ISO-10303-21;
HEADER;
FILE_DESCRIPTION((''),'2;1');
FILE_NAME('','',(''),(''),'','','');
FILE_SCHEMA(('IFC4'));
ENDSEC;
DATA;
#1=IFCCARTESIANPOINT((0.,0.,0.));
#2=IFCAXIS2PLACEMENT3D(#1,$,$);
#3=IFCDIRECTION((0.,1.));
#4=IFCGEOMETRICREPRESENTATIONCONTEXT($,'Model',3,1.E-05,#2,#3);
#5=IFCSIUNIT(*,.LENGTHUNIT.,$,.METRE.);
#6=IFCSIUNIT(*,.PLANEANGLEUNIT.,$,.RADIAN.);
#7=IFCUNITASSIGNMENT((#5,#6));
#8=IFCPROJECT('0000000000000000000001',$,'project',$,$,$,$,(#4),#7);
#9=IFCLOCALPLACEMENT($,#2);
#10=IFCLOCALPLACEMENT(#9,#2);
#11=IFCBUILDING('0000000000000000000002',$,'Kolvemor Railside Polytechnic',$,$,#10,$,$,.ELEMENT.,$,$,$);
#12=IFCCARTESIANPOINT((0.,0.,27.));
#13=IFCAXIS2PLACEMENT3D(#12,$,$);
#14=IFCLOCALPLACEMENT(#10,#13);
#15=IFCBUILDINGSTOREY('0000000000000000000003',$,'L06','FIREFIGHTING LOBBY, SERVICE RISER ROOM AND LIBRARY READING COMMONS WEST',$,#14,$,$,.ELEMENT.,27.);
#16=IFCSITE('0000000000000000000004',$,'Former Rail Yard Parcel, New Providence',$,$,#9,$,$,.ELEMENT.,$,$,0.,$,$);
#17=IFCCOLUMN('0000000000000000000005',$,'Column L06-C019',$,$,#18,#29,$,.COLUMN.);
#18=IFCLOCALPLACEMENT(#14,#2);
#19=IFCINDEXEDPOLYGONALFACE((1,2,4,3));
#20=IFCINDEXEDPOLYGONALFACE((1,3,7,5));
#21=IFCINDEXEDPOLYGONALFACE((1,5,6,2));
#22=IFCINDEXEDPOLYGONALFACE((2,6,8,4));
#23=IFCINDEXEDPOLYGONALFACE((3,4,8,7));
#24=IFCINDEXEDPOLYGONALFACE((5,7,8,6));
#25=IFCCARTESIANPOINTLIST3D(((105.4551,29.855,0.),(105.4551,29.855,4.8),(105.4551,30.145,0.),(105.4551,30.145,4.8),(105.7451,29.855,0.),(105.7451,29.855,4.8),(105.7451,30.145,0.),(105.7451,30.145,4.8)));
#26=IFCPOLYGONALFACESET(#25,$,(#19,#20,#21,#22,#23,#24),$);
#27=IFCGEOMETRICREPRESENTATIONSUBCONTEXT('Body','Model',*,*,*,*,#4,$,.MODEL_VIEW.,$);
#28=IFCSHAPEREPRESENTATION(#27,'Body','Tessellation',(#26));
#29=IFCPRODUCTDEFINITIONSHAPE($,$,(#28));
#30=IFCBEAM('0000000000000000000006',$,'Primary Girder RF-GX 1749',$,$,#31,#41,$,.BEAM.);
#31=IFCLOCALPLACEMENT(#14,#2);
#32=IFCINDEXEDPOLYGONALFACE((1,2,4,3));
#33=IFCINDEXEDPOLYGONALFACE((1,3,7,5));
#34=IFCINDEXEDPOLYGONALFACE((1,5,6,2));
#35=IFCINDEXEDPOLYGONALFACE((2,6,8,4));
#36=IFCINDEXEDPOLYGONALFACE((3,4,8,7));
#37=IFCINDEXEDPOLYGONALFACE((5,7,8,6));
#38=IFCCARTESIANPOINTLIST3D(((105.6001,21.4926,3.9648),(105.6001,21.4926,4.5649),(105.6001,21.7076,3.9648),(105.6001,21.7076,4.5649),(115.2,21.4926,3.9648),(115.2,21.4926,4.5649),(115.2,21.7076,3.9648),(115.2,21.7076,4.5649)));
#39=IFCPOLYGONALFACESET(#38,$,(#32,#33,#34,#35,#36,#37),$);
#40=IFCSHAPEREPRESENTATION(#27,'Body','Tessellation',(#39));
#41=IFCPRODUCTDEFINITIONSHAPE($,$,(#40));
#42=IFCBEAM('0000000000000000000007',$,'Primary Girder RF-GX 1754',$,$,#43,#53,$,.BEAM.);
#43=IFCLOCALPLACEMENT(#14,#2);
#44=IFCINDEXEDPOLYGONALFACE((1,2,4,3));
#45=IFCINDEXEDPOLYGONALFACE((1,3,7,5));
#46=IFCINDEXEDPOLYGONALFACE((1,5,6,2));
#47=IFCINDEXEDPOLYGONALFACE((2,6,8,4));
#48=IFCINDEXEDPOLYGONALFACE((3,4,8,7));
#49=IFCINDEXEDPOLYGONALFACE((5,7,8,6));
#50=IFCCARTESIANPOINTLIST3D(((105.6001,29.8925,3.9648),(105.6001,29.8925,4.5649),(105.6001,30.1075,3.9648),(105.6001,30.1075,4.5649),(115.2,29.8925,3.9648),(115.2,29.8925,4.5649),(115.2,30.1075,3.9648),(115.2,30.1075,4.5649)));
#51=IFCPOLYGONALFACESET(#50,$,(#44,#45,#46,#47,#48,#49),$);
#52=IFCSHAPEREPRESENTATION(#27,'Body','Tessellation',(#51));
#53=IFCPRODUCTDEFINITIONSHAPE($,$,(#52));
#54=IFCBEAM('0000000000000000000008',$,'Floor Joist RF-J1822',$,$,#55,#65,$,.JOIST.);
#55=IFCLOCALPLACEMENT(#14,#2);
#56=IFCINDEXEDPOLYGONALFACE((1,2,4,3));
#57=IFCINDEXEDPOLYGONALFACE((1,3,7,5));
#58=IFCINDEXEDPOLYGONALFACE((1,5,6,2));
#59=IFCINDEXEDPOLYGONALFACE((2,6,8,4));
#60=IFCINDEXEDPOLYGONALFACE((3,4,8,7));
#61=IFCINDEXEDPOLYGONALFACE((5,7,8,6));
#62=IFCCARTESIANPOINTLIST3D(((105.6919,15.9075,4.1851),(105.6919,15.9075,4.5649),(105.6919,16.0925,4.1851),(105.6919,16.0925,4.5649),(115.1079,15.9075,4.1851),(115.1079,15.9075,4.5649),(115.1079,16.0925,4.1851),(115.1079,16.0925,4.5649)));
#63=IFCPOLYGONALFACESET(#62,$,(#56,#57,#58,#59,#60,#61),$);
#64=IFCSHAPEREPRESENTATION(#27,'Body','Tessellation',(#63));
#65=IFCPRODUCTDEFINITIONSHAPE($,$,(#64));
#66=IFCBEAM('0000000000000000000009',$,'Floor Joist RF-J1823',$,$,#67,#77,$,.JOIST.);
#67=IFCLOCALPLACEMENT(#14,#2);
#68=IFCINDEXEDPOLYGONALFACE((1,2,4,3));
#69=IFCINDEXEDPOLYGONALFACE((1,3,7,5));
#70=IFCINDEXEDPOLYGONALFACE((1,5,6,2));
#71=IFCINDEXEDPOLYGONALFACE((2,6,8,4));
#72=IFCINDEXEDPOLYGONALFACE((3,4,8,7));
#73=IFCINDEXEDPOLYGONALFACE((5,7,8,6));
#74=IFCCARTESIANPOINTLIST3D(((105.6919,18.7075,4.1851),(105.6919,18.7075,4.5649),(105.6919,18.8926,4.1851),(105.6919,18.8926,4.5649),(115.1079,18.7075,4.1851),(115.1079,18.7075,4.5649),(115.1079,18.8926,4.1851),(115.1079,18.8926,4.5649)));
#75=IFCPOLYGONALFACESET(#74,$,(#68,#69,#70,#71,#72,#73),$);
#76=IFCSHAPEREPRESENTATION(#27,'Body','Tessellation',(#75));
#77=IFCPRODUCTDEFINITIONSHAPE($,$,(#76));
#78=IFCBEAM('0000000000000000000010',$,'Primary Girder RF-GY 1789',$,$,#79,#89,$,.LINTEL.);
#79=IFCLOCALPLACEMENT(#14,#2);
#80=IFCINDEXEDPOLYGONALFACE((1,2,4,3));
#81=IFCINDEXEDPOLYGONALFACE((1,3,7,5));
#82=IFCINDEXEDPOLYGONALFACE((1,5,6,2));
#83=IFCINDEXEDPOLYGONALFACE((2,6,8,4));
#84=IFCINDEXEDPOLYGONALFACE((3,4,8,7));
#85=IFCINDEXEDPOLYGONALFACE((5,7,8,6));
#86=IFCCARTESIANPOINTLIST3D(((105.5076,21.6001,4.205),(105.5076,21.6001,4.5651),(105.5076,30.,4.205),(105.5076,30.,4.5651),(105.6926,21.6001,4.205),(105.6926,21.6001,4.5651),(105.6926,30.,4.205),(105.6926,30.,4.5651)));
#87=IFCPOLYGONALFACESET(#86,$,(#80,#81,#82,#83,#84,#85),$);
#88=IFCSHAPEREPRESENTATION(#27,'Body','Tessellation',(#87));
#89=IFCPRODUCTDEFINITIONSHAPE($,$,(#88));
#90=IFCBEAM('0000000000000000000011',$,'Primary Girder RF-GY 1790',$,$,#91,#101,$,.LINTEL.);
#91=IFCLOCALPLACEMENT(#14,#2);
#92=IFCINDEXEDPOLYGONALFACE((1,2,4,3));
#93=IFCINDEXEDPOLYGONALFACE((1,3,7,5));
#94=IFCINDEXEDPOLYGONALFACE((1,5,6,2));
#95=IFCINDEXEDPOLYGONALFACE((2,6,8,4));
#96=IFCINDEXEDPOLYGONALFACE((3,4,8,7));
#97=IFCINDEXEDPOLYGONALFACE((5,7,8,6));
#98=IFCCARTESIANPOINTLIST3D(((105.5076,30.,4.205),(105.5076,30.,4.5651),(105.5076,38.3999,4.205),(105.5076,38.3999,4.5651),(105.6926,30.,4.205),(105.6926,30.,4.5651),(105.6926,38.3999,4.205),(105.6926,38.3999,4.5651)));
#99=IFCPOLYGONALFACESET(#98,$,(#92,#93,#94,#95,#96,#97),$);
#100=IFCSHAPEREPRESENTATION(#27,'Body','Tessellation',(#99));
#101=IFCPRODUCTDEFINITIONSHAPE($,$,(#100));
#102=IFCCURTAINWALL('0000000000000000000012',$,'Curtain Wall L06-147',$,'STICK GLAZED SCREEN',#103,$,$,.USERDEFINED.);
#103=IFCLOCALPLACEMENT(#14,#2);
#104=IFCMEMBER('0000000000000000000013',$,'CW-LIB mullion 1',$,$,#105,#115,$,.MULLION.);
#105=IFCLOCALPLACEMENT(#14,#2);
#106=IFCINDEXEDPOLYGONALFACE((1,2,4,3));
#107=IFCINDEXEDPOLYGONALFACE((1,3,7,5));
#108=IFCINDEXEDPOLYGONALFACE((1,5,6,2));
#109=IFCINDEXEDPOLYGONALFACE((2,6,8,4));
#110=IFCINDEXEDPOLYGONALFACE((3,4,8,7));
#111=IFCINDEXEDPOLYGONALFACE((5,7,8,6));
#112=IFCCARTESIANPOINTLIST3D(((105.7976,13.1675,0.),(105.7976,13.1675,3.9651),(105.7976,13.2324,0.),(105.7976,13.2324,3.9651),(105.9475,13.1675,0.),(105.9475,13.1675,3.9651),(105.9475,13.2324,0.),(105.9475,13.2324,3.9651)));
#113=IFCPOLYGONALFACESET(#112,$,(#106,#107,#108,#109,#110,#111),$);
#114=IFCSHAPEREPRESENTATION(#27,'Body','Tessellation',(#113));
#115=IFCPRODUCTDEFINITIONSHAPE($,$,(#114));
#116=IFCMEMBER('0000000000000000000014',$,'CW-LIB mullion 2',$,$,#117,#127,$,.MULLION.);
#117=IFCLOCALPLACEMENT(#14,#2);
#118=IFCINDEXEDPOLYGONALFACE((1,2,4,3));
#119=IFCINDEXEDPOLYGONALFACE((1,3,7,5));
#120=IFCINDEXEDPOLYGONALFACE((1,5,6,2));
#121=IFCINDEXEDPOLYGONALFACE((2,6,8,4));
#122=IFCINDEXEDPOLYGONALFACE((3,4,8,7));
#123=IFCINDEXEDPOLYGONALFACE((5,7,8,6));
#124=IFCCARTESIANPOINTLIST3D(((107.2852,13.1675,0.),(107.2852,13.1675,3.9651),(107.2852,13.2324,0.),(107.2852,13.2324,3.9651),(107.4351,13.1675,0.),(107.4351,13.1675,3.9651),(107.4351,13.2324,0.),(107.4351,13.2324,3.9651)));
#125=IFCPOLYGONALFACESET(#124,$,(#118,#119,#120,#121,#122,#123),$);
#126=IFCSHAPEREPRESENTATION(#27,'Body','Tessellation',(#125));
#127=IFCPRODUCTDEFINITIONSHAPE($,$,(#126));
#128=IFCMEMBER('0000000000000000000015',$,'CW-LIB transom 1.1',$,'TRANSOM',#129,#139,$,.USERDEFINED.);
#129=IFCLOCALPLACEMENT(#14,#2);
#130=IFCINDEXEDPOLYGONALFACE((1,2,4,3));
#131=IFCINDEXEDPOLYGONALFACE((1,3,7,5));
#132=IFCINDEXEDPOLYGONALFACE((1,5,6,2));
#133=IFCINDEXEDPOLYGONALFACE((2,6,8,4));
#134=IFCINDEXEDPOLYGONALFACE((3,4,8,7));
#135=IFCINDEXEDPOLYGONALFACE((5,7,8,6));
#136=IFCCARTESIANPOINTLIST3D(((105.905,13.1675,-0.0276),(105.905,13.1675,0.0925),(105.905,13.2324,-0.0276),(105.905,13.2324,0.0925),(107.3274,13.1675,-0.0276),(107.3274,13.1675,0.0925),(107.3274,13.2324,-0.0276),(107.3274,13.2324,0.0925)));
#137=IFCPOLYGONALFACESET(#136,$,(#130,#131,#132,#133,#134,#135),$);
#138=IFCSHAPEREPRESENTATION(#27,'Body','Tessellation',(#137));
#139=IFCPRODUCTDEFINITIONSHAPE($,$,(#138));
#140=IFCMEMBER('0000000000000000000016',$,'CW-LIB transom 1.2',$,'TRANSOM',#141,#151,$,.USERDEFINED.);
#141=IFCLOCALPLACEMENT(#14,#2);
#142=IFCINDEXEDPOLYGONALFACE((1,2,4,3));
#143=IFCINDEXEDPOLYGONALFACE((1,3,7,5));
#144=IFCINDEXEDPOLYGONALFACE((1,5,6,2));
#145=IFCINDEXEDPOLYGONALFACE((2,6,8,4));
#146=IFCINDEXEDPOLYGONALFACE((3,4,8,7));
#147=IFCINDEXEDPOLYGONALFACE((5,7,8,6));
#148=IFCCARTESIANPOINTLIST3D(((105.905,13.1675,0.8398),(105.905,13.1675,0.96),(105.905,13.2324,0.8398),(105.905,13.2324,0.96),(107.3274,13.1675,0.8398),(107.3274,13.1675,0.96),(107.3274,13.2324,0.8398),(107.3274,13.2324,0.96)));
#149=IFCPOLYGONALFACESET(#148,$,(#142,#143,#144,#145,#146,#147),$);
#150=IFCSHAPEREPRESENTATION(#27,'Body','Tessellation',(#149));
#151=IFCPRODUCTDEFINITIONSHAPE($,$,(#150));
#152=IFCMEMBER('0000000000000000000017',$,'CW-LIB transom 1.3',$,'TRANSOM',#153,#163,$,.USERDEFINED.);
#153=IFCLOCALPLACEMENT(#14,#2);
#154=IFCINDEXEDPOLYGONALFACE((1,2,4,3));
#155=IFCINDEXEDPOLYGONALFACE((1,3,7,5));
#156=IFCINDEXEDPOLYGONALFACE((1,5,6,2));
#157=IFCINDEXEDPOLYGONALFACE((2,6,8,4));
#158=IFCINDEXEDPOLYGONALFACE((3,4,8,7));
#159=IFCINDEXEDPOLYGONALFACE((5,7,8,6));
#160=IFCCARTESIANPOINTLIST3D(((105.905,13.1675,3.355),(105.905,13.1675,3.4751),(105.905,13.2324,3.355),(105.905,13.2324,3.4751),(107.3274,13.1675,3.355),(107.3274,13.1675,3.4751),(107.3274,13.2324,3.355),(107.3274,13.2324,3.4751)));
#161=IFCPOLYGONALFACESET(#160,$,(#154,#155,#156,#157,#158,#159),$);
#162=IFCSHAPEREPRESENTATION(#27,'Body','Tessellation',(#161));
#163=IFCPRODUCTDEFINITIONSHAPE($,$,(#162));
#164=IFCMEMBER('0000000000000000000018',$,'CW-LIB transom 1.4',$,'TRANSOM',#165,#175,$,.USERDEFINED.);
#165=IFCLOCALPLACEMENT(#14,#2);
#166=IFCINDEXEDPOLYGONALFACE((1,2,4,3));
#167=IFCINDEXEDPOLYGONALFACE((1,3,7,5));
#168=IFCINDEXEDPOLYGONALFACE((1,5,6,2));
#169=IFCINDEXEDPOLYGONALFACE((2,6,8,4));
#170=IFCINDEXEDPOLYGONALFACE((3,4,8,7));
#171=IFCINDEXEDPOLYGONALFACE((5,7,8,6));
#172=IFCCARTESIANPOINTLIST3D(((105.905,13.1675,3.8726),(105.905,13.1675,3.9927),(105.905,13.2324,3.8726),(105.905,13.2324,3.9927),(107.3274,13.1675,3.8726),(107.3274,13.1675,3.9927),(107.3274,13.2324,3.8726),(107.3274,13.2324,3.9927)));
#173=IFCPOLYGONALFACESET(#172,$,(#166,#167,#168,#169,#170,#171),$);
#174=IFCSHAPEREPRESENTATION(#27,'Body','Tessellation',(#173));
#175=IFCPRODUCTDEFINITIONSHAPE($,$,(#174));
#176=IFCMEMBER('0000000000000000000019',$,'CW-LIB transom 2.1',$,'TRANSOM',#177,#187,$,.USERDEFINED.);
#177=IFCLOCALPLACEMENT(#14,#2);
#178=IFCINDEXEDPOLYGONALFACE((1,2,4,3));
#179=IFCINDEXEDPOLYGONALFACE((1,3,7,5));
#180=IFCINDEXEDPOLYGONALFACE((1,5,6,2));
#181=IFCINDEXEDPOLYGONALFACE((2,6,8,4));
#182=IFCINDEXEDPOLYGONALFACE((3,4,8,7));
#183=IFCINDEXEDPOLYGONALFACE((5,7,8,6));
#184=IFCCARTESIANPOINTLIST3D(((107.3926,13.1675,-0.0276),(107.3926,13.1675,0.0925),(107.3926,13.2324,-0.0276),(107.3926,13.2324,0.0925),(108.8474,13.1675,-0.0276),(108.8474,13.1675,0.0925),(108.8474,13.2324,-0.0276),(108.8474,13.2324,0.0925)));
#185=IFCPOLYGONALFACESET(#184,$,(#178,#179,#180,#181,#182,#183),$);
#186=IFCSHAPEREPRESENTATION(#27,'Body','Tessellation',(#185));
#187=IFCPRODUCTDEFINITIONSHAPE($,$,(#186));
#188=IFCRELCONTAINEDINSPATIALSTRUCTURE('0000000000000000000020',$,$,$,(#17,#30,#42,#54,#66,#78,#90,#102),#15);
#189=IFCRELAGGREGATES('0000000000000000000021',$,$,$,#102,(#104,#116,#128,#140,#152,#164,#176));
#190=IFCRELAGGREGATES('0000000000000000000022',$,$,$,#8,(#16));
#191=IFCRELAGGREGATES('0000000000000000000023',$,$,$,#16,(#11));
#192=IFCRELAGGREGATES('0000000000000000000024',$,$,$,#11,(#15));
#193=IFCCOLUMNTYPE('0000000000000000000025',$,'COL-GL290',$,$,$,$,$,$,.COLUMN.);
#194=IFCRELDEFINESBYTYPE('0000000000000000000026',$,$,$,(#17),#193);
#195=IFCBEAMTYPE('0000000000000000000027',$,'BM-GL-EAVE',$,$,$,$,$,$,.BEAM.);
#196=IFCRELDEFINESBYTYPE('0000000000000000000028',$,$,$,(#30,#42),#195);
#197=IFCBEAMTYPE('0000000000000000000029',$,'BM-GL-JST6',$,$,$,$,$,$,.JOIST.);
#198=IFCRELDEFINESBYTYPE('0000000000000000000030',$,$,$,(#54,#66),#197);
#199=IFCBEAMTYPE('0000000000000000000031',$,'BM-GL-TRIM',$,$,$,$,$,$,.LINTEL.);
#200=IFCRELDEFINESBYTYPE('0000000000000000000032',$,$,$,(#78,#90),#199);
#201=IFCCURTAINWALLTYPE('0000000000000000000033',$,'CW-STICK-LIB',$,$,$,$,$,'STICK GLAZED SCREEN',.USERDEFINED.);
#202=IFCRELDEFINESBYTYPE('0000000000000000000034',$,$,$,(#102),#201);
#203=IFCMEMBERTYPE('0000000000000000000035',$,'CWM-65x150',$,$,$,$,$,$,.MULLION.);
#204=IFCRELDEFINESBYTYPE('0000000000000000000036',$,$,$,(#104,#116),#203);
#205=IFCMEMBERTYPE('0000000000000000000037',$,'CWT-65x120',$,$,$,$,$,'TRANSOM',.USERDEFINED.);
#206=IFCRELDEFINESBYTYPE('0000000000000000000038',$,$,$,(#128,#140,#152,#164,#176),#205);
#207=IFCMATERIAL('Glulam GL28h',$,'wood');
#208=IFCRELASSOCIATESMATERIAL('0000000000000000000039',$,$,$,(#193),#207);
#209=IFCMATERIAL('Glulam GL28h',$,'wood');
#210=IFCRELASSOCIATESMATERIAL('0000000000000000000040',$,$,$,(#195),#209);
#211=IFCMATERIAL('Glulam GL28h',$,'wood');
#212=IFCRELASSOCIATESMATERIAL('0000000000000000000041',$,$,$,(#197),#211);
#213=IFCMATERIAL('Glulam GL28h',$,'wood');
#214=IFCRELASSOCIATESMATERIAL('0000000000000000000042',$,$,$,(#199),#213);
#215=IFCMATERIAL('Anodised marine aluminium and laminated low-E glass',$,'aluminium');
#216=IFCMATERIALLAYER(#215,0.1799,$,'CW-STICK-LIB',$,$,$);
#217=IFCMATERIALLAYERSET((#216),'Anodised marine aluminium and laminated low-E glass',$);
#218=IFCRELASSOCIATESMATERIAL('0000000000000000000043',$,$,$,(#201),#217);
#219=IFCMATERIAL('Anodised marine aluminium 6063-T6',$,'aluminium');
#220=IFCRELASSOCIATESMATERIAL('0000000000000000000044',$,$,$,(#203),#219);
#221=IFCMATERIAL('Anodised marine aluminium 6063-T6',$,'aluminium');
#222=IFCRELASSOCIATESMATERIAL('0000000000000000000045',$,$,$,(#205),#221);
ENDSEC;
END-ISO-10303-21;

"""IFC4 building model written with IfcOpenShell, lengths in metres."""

from ifc_helpers import new_model, si_unit, direction, frame, origin, origin_2d, place, context, subcontext, project, spatial, rectangle, extrude, material, layer, layer_set, material_profile, profile_set, type_object, element, aggregate, save


model = new_model("IFC4")

# Units and contexts
model_context = context("Model", 3, precision=1e-05, world=origin(), true_north=direction((0.0, 1.0)))
body_context = subcontext(model_context, "Body", "Model", "MODEL_VIEW")
ifc_project = project(units=[si_unit("LENGTHUNIT", "METRE"), si_unit("PLANEANGLEUNIT", "RADIAN")], contexts=[model_context])

# Site, building, storey
site_placement = place(None, origin())
site = spatial("IfcSite", under=ifc_project, at=site_placement, Name="Former Rail Yard Parcel, New Providence", CompositionType="ELEMENT", RefElevation=0.0)
building_placement = place(site_placement, origin())
building = spatial("IfcBuilding", under=site, at=building_placement, Name="Kolvemor Railside Polytechnic", CompositionType="ELEMENT")
storey_placement = place(building_placement, frame((0.0, 0.0, 27.0)))
storey = spatial("IfcBuildingStorey", under=building, at=storey_placement, Name="L06", Description="FIREFIGHTING LOBBY, SERVICE RISER ROOM AND LIBRARY READING COMMONS WEST", CompositionType="ELEMENT", Elevation=27.0)

# Column
ifc_material_1 = material(Name="Glulam GL28h", Category="wood")
ifc_material_profile_1 = material_profile(ifc_material_1, rectangle(XDim=0.29, YDim=0.29, at=origin_2d()), Name="GL290x290")
ifc_profile_set_1 = profile_set([ifc_material_profile_1], Name="Glulam GL28h")
column_type = type_object("IfcColumnType", Name="COL-GL290", PredefinedType="COLUMN", material=ifc_profile_set_1)
column_placement = place(storey_placement, frame((105.6001, 30.0, 0.0), z_axis=(0.0, 0.0, 1.0), x_axis=(1.0, 0.0, 0.0)))
element("IfcColumn", 1, at=column_placement, inside=storey, type_object=column_type, Name="Column L06-C019", PredefinedType="COLUMN", context=body_context, shape_type="SweptSolid", body=[
    extrude(rectangle(XDim=0.29, YDim=0.29, at=origin_2d()), origin(), (0.0, 0.0, 1.0), 4.8),
])

# Beams
ifc_material_2 = material(Name="Glulam GL28h", Category="wood")
ifc_material_profile_2 = material_profile(ifc_material_2, rectangle(XDim=0.2151, YDim=0.6001, at=origin_2d()), Name="GL215x600")
ifc_profile_set_2 = profile_set([ifc_material_profile_2], Name="Glulam GL28h")
beam_type_1 = type_object("IfcBeamType", Name="BM-GL-EAVE", PredefinedType="BEAM", material=ifc_profile_set_2)
for number, where, z_axis, x_axis, name in (
    (2, (105.6001, 21.6001, 4.2649), (1.0, 0.0, 0.0), (0.0, 1.0, 0.0), "Primary Girder RF-GX 1749"),
    (3, (105.6001, 30.0, 4.2649), (1.0, 0.0, 0.0), (0.0, 1.0, 0.0), "Primary Girder RF-GX 1754"),
):
    element("IfcBeam", number, at=place(storey_placement, frame(where, z_axis=z_axis, x_axis=x_axis)), inside=storey, type_object=beam_type_1, Name=name, PredefinedType="BEAM", context=body_context, shape_type="SweptSolid", body=[
        extrude(rectangle(XDim=0.2151, YDim=0.6001, at=origin_2d()), origin(), (0.0, 0.0, 1.0), 9.5999),
    ])
ifc_material_3 = material(Name="Glulam GL28h", Category="wood")
ifc_material_profile_3 = material_profile(ifc_material_3, rectangle(XDim=0.1851, YDim=0.3799, at=origin_2d()), Name="GL185x380")
ifc_profile_set_3 = profile_set([ifc_material_profile_3], Name="Glulam GL28h")
beam_type_2 = type_object("IfcBeamType", Name="BM-GL-JST6", PredefinedType="JOIST", material=ifc_profile_set_3)
for number, where, z_axis, x_axis, name in (
    (4, (105.6919, 16.0, 4.375), (1.0, 0.0, 0.0), (0.0, 1.0, 0.0), "Floor Joist RF-J1822"),
    (5, (105.6919, 18.8, 4.375), (1.0, 0.0, 0.0), (0.0, 1.0, 0.0), "Floor Joist RF-J1823"),
):
    element("IfcBeam", number, at=place(storey_placement, frame(where, z_axis=z_axis, x_axis=x_axis)), inside=storey, type_object=beam_type_2, Name=name, PredefinedType="JOIST", context=body_context, shape_type="SweptSolid", body=[
        extrude(rectangle(XDim=0.1851, YDim=0.3799, at=origin_2d()), origin(), (0.0, 0.0, 1.0), 9.416),
    ])
ifc_material_4 = material(Name="Glulam GL28h", Category="wood")
ifc_material_profile_4 = material_profile(ifc_material_4, rectangle(XDim=0.1851, YDim=0.3601, at=origin_2d()), Name="GL185x360")
ifc_profile_set_4 = profile_set([ifc_material_profile_4], Name="Glulam GL28h")
beam_type_3 = type_object("IfcBeamType", Name="BM-GL-TRIM", PredefinedType="LINTEL", material=ifc_profile_set_4)
for number, where, z_axis, x_axis, name in (
    (6, (105.6001, 21.6001, 4.385), (0.0, 1.0, 0.0), (-1.0, 0.0, 0.0), "Primary Girder RF-GY 1789"),
    (7, (105.6001, 30.0, 4.385), (0.0, 1.0, 0.0), (-1.0, 0.0, 0.0), "Primary Girder RF-GY 1790"),
):
    element("IfcBeam", number, at=place(storey_placement, frame(where, z_axis=z_axis, x_axis=x_axis)), inside=storey, type_object=beam_type_3, Name=name, PredefinedType="LINTEL", context=body_context, shape_type="SweptSolid", body=[
        extrude(rectangle(XDim=0.1851, YDim=0.3601, at=origin_2d()), origin(), (0.0, 0.0, 1.0), 8.3999),
    ])

# Curtain wall, members
ifc_material_5 = material(Name="Anodised marine aluminium and laminated low-E glass", Category="aluminium")
ifc_layer_1 = layer(ifc_material_5, 0.1799, Name="CW-STICK-LIB")
ifc_layer_set_1 = layer_set([ifc_layer_1], Name="Anodised marine aluminium and laminated low-E glass")
curtain_wall_type = type_object("IfcCurtainWallType", Name="CW-STICK-LIB", ElementType="STICK GLAZED SCREEN", PredefinedType="USERDEFINED", material=ifc_layer_set_1)
curtain_wall_placement = place(storey_placement, origin())
curtain_wall = element("IfcCurtainWall", 8, at=curtain_wall_placement, inside=storey, type_object=curtain_wall_type, Name="Curtain Wall L06-147", ObjectType="STICK GLAZED SCREEN", PredefinedType="USERDEFINED")
ifc_material_6 = material(Name="Anodised marine aluminium 6063-T6", Category="aluminium")
ifc_material_profile_5 = material_profile(ifc_material_6, rectangle(XDim=0.0649, YDim=0.1499, at=origin_2d()), Name="CW-MUL-65x150")
ifc_profile_set_5 = profile_set([ifc_material_profile_5], Name="Anodised marine aluminium 6063-T6")
member_type_1 = type_object("IfcMemberType", Name="CWM-65x150", PredefinedType="MULLION", material=ifc_profile_set_5)
member_1_placement = place(storey_placement, frame((105.8726, 13.2, 0.0), z_axis=(0.0, 0.0, 1.0), x_axis=(0.0, 1.0, 0.0)))
member_1 = element("IfcMember", 9, at=member_1_placement, type_object=member_type_1, Name="CW-LIB mullion 1", PredefinedType="MULLION", context=body_context, shape_type="SweptSolid", body=[
    extrude(rectangle(XDim=0.0649, YDim=0.1499, at=origin_2d()), origin(), (0.0, 0.0, 1.0), 3.9651),
])
member_2_placement = place(storey_placement, frame((107.3601, 13.2, 0.0), z_axis=(0.0, 0.0, 1.0), x_axis=(0.0, 1.0, 0.0)))
member_2 = element("IfcMember", 10, at=member_2_placement, type_object=member_type_1, Name="CW-LIB mullion 2", PredefinedType="MULLION", context=body_context, shape_type="SweptSolid", body=[
    extrude(rectangle(XDim=0.0649, YDim=0.1499, at=origin_2d()), origin(), (0.0, 0.0, 1.0), 3.9651),
])
ifc_material_7 = material(Name="Anodised marine aluminium 6063-T6", Category="aluminium")
ifc_material_profile_6 = material_profile(ifc_material_7, rectangle(XDim=0.0649, YDim=0.1201, at=origin_2d()), Name="CW-TRN-65x120")
ifc_profile_set_6 = profile_set([ifc_material_profile_6], Name="Anodised marine aluminium 6063-T6")
member_type_2 = type_object("IfcMemberType", Name="CWT-65x120", ElementType="TRANSOM", PredefinedType="USERDEFINED", material=ifc_profile_set_6)
member_3_placement = place(storey_placement, frame((105.905, 13.2, 0.0325), z_axis=(1.0, 0.0, 0.0), x_axis=(0.0, 1.0, 0.0)))
member_3 = element("IfcMember", 11, at=member_3_placement, type_object=member_type_2, Name="CW-LIB transom 1.1", ObjectType="TRANSOM", PredefinedType="USERDEFINED", context=body_context, shape_type="SweptSolid", body=[
    extrude(rectangle(XDim=0.0649, YDim=0.1201, at=origin_2d()), origin(), (0.0, 0.0, 1.0), 1.4224),
])
member_4_placement = place(storey_placement, frame((105.905, 13.2, 0.8999), z_axis=(1.0, 0.0, 0.0), x_axis=(0.0, 1.0, 0.0)))
member_4 = element("IfcMember", 12, at=member_4_placement, type_object=member_type_2, Name="CW-LIB transom 1.2", ObjectType="TRANSOM", PredefinedType="USERDEFINED", context=body_context, shape_type="SweptSolid", body=[
    extrude(rectangle(XDim=0.0649, YDim=0.1201, at=origin_2d()), origin(), (0.0, 0.0, 1.0), 1.4224),
])
member_5_placement = place(storey_placement, frame((105.905, 13.2, 3.415), z_axis=(1.0, 0.0, 0.0), x_axis=(0.0, 1.0, 0.0)))
member_5 = element("IfcMember", 13, at=member_5_placement, type_object=member_type_2, Name="CW-LIB transom 1.3", ObjectType="TRANSOM", PredefinedType="USERDEFINED", context=body_context, shape_type="SweptSolid", body=[
    extrude(rectangle(XDim=0.0649, YDim=0.1201, at=origin_2d()), origin(), (0.0, 0.0, 1.0), 1.4224),
])
member_6_placement = place(storey_placement, frame((105.905, 13.2, 3.9326), z_axis=(1.0, 0.0, 0.0), x_axis=(0.0, 1.0, 0.0)))
member_6 = element("IfcMember", 14, at=member_6_placement, type_object=member_type_2, Name="CW-LIB transom 1.4", ObjectType="TRANSOM", PredefinedType="USERDEFINED", context=body_context, shape_type="SweptSolid", body=[
    extrude(rectangle(XDim=0.0649, YDim=0.1201, at=origin_2d()), origin(), (0.0, 0.0, 1.0), 1.4224),
])
member_7_placement = place(storey_placement, frame((107.3926, 13.2, 0.0325), z_axis=(1.0, 0.0, 0.0), x_axis=(0.0, 1.0, 0.0)))
member_7 = element("IfcMember", 15, at=member_7_placement, type_object=member_type_2, Name="CW-LIB transom 2.1", ObjectType="TRANSOM", PredefinedType="USERDEFINED", context=body_context, shape_type="SweptSolid", body=[
    extrude(rectangle(XDim=0.0649, YDim=0.1201, at=origin_2d()), origin(), (0.0, 0.0, 1.0), 1.4548),
])
aggregate(curtain_wall, [member_1, member_2, member_3, member_4, member_5, member_6, member_7])

save(model, "model.ifc")
